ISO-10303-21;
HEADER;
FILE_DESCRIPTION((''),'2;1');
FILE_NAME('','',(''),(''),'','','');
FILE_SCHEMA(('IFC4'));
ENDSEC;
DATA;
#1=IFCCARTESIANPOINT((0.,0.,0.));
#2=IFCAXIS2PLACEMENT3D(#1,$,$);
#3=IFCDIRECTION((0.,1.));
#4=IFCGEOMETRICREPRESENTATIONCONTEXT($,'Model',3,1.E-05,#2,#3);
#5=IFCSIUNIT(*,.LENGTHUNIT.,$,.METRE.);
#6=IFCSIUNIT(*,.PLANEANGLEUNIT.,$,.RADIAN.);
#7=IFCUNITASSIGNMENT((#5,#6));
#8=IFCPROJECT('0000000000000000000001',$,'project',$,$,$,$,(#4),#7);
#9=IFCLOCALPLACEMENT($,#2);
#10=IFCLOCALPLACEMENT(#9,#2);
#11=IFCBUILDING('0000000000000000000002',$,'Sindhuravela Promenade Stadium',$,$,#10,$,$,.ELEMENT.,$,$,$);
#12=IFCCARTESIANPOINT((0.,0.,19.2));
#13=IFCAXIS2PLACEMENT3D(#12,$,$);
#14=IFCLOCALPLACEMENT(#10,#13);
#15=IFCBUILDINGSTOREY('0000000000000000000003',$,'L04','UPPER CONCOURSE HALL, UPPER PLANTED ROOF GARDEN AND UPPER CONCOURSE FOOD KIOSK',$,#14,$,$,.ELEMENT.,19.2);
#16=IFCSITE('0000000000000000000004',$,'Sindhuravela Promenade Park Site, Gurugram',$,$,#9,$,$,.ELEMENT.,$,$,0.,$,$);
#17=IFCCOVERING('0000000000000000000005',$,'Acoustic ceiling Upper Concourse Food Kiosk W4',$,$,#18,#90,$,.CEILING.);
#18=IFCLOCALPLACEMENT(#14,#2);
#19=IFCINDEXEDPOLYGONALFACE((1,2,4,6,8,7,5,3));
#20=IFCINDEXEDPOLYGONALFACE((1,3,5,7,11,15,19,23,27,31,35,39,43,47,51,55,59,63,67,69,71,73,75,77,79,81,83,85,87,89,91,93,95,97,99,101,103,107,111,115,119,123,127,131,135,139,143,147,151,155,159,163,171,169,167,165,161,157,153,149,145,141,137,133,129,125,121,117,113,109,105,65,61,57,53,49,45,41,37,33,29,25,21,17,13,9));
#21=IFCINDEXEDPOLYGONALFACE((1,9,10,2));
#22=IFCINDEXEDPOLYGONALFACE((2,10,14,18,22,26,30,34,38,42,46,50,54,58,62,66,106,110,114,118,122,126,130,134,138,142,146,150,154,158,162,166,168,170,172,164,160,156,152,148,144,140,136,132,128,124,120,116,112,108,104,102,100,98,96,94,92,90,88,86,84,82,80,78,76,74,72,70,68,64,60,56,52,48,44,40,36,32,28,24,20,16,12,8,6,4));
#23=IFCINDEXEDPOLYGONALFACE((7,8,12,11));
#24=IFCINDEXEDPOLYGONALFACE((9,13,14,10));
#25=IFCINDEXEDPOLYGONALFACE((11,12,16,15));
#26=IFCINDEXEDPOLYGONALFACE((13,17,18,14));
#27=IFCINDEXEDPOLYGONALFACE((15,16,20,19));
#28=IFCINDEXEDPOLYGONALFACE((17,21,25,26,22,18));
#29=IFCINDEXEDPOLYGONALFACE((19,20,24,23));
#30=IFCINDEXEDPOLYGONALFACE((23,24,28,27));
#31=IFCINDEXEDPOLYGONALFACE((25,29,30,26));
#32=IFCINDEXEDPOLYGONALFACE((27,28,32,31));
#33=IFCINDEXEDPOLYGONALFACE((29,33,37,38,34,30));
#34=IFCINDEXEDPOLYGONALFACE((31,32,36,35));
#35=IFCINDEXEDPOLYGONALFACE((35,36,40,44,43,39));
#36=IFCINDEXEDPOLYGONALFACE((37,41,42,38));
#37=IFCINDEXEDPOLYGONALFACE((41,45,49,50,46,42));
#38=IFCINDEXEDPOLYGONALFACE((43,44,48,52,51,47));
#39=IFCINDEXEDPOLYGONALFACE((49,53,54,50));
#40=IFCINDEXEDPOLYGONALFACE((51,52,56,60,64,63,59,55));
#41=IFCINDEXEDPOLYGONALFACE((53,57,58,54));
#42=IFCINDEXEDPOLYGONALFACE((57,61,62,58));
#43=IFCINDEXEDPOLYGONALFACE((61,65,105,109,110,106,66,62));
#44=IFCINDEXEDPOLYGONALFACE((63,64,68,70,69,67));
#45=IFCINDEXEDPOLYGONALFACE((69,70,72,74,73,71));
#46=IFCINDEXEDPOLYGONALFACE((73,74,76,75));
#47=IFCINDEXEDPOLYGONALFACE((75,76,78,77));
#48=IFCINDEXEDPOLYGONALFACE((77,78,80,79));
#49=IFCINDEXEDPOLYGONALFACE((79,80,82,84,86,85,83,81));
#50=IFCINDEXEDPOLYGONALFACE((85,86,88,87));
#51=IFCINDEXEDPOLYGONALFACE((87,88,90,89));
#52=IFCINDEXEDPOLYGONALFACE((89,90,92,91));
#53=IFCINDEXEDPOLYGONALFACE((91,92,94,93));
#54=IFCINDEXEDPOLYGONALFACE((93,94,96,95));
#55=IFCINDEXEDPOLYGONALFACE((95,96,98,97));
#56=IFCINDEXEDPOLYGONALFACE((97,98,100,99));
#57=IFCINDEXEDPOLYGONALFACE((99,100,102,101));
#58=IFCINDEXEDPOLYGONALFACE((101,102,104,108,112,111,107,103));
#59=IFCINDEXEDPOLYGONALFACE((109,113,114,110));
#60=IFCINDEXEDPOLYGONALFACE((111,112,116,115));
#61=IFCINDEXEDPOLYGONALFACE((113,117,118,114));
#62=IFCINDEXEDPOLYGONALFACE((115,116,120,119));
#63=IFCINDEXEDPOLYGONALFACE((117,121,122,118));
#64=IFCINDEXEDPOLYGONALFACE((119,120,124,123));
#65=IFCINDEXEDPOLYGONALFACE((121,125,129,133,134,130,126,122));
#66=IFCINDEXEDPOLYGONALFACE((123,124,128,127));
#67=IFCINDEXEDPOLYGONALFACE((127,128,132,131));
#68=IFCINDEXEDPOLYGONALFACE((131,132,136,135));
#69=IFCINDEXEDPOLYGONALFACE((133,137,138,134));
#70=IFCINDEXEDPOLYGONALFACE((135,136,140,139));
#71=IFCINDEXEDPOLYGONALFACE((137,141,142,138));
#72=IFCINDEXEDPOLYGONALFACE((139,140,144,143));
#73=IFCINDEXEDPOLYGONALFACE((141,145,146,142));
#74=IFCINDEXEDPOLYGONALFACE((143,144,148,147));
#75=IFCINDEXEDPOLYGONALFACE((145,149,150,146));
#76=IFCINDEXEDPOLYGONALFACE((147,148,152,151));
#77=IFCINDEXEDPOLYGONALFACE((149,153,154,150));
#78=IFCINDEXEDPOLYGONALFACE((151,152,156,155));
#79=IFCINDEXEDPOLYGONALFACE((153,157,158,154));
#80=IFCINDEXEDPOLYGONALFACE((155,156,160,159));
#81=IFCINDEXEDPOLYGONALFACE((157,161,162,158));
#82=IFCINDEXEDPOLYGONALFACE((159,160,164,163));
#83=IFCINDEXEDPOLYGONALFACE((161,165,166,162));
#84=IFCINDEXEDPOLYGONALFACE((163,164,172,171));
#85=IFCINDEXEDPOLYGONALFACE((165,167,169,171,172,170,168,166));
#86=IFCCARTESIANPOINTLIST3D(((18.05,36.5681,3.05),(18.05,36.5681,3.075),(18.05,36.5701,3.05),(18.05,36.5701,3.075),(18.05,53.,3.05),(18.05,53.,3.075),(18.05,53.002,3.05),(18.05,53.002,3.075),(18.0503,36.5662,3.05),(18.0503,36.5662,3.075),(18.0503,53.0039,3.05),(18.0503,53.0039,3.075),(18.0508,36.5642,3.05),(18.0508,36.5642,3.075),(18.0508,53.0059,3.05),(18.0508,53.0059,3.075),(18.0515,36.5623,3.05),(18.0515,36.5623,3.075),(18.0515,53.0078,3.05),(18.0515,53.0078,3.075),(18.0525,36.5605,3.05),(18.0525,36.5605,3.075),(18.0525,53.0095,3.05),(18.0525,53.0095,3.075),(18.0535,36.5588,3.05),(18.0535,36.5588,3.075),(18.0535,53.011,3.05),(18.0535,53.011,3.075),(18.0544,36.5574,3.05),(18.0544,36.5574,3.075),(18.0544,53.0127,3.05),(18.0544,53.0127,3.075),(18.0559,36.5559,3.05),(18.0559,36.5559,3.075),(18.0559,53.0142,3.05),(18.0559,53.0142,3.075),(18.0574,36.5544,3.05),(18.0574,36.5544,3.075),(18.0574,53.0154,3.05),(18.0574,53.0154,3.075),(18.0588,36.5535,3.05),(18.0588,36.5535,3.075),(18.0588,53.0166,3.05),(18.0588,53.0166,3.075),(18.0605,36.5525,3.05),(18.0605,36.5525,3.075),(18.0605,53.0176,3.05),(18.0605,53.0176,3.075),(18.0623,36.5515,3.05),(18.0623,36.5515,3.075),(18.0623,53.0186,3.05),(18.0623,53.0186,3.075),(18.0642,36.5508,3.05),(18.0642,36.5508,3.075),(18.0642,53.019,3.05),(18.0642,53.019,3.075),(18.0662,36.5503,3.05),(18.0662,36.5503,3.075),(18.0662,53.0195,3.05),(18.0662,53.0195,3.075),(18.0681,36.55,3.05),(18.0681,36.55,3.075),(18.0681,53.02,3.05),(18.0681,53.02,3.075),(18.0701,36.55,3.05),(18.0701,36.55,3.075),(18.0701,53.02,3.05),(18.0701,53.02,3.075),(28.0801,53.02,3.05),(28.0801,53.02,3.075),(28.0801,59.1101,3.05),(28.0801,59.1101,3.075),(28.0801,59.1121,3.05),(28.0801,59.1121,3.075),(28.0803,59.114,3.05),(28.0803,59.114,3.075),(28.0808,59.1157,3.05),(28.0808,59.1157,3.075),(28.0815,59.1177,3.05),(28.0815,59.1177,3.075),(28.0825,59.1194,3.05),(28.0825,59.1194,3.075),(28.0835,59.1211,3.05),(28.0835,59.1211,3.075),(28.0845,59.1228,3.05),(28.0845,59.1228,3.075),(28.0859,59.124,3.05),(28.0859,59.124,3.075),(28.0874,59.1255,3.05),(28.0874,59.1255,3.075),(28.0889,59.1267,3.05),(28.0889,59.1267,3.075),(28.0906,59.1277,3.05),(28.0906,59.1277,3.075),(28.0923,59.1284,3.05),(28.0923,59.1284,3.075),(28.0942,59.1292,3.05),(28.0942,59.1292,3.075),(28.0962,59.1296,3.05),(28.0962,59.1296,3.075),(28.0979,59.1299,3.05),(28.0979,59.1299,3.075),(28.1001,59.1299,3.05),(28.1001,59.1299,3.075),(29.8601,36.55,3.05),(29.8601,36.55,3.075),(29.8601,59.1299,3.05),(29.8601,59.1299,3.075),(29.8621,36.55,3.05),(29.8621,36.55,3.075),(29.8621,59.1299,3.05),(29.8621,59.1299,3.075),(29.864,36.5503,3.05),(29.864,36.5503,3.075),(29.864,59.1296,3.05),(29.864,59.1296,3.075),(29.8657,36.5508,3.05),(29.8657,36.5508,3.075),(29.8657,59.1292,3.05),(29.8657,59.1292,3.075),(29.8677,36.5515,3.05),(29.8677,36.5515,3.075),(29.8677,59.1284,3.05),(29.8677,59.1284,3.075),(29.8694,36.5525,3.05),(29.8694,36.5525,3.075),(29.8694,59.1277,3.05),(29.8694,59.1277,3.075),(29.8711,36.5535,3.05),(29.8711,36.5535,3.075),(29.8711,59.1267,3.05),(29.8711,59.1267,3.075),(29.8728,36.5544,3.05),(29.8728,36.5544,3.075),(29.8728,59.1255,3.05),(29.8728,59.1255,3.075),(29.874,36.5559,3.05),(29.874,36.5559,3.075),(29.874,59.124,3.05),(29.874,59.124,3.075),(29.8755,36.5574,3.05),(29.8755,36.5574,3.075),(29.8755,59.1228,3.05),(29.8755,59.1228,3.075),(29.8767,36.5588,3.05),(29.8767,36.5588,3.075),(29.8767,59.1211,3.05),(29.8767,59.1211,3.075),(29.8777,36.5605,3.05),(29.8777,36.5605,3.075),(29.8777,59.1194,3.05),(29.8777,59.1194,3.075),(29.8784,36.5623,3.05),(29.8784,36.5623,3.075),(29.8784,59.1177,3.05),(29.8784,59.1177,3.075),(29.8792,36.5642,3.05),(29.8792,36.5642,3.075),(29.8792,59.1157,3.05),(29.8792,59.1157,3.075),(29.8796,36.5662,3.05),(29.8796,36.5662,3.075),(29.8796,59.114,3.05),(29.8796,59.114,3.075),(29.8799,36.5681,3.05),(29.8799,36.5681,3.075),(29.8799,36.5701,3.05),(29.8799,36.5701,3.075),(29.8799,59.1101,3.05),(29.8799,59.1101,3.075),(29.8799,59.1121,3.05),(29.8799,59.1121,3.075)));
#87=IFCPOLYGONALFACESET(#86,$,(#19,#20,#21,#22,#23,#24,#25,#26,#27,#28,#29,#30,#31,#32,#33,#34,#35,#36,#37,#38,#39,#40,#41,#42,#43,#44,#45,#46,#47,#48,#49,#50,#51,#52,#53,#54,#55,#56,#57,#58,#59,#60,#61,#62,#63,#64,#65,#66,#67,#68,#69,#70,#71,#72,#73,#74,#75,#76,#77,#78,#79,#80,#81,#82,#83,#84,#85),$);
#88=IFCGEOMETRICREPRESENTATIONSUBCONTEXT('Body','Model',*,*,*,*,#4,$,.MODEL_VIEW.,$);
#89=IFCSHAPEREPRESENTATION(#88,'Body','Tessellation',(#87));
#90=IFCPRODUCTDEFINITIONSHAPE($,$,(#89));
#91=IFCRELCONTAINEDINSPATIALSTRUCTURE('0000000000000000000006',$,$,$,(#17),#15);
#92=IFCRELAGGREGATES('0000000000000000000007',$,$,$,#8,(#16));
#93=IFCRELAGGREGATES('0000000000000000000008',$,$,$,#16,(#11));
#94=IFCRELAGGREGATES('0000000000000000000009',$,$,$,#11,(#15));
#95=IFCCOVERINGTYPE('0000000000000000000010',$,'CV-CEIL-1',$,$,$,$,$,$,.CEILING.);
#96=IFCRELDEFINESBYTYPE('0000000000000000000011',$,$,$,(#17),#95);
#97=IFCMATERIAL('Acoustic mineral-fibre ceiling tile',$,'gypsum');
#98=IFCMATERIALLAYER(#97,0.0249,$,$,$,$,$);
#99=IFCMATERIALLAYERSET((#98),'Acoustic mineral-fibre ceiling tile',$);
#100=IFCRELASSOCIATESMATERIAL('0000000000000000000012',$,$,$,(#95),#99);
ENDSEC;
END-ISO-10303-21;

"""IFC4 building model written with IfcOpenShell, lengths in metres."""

from ifc_helpers import new_model, si_unit, direction, frame, origin, place, context, subcontext, project, spatial, polyline, outline, extrude, material, layer, layer_set, type_object, element, save


model = new_model("IFC4")

# Units and contexts
model_context = context("Model", 3, precision=1e-05, world=origin(), true_north=direction((0.0, 1.0)))
body_context = subcontext(model_context, "Body", "Model", "MODEL_VIEW")
ifc_project = project(units=[si_unit("LENGTHUNIT", "METRE"), si_unit("PLANEANGLEUNIT", "RADIAN")], contexts=[model_context])

# Site, building, storey
site_placement = place(None, origin())
site = spatial("IfcSite", under=ifc_project, at=site_placement, Name="Sindhuravela Promenade Park Site, Gurugram", CompositionType="ELEMENT", RefElevation=0.0)
building_placement = place(site_placement, origin())
building = spatial("IfcBuilding", under=site, at=building_placement, Name="Sindhuravela Promenade Stadium", CompositionType="ELEMENT")
storey_placement = place(building_placement, frame((0.0, 0.0, 19.2)))
storey = spatial("IfcBuildingStorey", under=building, at=storey_placement, Name="L04", Description="UPPER CONCOURSE HALL, UPPER PLANTED ROOF GARDEN AND UPPER CONCOURSE FOOD KIOSK", CompositionType="ELEMENT", Elevation=19.2)

# Covering
ifc_material_1 = material(Name="Acoustic mineral-fibre ceiling tile", Category="gypsum")
ifc_layer_1 = layer(ifc_material_1, 0.0249)
ifc_layer_set_1 = layer_set([ifc_layer_1], Name="Acoustic mineral-fibre ceiling tile")
covering_type_1 = type_object("IfcCoveringType", Name="CV-CEIL-1", PredefinedType="CEILING", material=ifc_layer_set_1)
covering_1_placement = place(storey_placement, frame((0.0, 0.0, 3.05)))
element("IfcCovering", 1, at=covering_1_placement, inside=storey, type_object=covering_type_1, Name="Acoustic ceiling Upper Concourse Food Kiosk W4", PredefinedType="CEILING", context=body_context, shape_type="SweptSolid", body=[
    extrude(outline(polyline([(28.0801, 53.02), (28.0801, 59.1101), (28.0801, 59.1121), (28.0803, 59.114), (28.0808, 59.1157), (28.0815, 59.1177), (28.0825, 59.1194), (28.0835, 59.1211), (28.0845, 59.1228), (28.0859, 59.124), (28.0874, 59.1255), (28.0889, 59.1267), (28.0906, 59.1277), (28.0923, 59.1284), (28.0942, 59.1292), (28.0962, 59.1296), (28.0979, 59.1299), (28.1001, 59.1299), (29.8601, 59.1299), (29.8621, 59.1299), (29.864, 59.1296), (29.8657, 59.1292), (29.8677, 59.1284), (29.8694, 59.1277), (29.8711, 59.1267), (29.8728, 59.1255), (29.874, 59.124), (29.8755, 59.1228), (29.8767, 59.1211), (29.8777, 59.1194), (29.8784, 59.1177), (29.8792, 59.1157), (29.8796, 59.114), (29.8799, 59.1121), (29.8799, 59.1101), (29.8799, 36.5701), (29.8799, 36.5681), (29.8796, 36.5662), (29.8792, 36.5642), (29.8784, 36.5623), (29.8777, 36.5605), (29.8767, 36.5588), (29.8755, 36.5574), (29.874, 36.5559), (29.8728, 36.5544), (29.8711, 36.5535), (29.8694, 36.5525), (29.8677, 36.5515), (29.8657, 36.5508), (29.864, 36.5503), (29.8621, 36.55), (29.8601, 36.55), (18.0701, 36.55), (18.0681, 36.55), (18.0662, 36.5503), (18.0642, 36.5508), (18.0623, 36.5515), (18.0605, 36.5525), (18.0588, 36.5535), (18.0574, 36.5544), (18.0559, 36.5559), (18.0544, 36.5574), (18.0535, 36.5588), (18.0525, 36.5605), (18.0515, 36.5623), (18.0508, 36.5642), (18.0503, 36.5662), (18.05, 36.5681), (18.05, 36.5701), (18.05, 53.0), (18.05, 53.002), (18.0503, 53.0039), (18.0508, 53.0059), (18.0515, 53.0078), (18.0525, 53.0095), (18.0535, 53.011), (18.0544, 53.0127), (18.0559, 53.0142), (18.0574, 53.0154), (18.0588, 53.0166), (18.0605, 53.0176), (18.0623, 53.0186), (18.0642, 53.019), (18.0662, 53.0195), (18.0681, 53.02), (18.0701, 53.02), (28.0801, 53.02)])), origin(), (0.0, 0.0, 1.0), 0.0249),
])

save(model, "model.ifc")
